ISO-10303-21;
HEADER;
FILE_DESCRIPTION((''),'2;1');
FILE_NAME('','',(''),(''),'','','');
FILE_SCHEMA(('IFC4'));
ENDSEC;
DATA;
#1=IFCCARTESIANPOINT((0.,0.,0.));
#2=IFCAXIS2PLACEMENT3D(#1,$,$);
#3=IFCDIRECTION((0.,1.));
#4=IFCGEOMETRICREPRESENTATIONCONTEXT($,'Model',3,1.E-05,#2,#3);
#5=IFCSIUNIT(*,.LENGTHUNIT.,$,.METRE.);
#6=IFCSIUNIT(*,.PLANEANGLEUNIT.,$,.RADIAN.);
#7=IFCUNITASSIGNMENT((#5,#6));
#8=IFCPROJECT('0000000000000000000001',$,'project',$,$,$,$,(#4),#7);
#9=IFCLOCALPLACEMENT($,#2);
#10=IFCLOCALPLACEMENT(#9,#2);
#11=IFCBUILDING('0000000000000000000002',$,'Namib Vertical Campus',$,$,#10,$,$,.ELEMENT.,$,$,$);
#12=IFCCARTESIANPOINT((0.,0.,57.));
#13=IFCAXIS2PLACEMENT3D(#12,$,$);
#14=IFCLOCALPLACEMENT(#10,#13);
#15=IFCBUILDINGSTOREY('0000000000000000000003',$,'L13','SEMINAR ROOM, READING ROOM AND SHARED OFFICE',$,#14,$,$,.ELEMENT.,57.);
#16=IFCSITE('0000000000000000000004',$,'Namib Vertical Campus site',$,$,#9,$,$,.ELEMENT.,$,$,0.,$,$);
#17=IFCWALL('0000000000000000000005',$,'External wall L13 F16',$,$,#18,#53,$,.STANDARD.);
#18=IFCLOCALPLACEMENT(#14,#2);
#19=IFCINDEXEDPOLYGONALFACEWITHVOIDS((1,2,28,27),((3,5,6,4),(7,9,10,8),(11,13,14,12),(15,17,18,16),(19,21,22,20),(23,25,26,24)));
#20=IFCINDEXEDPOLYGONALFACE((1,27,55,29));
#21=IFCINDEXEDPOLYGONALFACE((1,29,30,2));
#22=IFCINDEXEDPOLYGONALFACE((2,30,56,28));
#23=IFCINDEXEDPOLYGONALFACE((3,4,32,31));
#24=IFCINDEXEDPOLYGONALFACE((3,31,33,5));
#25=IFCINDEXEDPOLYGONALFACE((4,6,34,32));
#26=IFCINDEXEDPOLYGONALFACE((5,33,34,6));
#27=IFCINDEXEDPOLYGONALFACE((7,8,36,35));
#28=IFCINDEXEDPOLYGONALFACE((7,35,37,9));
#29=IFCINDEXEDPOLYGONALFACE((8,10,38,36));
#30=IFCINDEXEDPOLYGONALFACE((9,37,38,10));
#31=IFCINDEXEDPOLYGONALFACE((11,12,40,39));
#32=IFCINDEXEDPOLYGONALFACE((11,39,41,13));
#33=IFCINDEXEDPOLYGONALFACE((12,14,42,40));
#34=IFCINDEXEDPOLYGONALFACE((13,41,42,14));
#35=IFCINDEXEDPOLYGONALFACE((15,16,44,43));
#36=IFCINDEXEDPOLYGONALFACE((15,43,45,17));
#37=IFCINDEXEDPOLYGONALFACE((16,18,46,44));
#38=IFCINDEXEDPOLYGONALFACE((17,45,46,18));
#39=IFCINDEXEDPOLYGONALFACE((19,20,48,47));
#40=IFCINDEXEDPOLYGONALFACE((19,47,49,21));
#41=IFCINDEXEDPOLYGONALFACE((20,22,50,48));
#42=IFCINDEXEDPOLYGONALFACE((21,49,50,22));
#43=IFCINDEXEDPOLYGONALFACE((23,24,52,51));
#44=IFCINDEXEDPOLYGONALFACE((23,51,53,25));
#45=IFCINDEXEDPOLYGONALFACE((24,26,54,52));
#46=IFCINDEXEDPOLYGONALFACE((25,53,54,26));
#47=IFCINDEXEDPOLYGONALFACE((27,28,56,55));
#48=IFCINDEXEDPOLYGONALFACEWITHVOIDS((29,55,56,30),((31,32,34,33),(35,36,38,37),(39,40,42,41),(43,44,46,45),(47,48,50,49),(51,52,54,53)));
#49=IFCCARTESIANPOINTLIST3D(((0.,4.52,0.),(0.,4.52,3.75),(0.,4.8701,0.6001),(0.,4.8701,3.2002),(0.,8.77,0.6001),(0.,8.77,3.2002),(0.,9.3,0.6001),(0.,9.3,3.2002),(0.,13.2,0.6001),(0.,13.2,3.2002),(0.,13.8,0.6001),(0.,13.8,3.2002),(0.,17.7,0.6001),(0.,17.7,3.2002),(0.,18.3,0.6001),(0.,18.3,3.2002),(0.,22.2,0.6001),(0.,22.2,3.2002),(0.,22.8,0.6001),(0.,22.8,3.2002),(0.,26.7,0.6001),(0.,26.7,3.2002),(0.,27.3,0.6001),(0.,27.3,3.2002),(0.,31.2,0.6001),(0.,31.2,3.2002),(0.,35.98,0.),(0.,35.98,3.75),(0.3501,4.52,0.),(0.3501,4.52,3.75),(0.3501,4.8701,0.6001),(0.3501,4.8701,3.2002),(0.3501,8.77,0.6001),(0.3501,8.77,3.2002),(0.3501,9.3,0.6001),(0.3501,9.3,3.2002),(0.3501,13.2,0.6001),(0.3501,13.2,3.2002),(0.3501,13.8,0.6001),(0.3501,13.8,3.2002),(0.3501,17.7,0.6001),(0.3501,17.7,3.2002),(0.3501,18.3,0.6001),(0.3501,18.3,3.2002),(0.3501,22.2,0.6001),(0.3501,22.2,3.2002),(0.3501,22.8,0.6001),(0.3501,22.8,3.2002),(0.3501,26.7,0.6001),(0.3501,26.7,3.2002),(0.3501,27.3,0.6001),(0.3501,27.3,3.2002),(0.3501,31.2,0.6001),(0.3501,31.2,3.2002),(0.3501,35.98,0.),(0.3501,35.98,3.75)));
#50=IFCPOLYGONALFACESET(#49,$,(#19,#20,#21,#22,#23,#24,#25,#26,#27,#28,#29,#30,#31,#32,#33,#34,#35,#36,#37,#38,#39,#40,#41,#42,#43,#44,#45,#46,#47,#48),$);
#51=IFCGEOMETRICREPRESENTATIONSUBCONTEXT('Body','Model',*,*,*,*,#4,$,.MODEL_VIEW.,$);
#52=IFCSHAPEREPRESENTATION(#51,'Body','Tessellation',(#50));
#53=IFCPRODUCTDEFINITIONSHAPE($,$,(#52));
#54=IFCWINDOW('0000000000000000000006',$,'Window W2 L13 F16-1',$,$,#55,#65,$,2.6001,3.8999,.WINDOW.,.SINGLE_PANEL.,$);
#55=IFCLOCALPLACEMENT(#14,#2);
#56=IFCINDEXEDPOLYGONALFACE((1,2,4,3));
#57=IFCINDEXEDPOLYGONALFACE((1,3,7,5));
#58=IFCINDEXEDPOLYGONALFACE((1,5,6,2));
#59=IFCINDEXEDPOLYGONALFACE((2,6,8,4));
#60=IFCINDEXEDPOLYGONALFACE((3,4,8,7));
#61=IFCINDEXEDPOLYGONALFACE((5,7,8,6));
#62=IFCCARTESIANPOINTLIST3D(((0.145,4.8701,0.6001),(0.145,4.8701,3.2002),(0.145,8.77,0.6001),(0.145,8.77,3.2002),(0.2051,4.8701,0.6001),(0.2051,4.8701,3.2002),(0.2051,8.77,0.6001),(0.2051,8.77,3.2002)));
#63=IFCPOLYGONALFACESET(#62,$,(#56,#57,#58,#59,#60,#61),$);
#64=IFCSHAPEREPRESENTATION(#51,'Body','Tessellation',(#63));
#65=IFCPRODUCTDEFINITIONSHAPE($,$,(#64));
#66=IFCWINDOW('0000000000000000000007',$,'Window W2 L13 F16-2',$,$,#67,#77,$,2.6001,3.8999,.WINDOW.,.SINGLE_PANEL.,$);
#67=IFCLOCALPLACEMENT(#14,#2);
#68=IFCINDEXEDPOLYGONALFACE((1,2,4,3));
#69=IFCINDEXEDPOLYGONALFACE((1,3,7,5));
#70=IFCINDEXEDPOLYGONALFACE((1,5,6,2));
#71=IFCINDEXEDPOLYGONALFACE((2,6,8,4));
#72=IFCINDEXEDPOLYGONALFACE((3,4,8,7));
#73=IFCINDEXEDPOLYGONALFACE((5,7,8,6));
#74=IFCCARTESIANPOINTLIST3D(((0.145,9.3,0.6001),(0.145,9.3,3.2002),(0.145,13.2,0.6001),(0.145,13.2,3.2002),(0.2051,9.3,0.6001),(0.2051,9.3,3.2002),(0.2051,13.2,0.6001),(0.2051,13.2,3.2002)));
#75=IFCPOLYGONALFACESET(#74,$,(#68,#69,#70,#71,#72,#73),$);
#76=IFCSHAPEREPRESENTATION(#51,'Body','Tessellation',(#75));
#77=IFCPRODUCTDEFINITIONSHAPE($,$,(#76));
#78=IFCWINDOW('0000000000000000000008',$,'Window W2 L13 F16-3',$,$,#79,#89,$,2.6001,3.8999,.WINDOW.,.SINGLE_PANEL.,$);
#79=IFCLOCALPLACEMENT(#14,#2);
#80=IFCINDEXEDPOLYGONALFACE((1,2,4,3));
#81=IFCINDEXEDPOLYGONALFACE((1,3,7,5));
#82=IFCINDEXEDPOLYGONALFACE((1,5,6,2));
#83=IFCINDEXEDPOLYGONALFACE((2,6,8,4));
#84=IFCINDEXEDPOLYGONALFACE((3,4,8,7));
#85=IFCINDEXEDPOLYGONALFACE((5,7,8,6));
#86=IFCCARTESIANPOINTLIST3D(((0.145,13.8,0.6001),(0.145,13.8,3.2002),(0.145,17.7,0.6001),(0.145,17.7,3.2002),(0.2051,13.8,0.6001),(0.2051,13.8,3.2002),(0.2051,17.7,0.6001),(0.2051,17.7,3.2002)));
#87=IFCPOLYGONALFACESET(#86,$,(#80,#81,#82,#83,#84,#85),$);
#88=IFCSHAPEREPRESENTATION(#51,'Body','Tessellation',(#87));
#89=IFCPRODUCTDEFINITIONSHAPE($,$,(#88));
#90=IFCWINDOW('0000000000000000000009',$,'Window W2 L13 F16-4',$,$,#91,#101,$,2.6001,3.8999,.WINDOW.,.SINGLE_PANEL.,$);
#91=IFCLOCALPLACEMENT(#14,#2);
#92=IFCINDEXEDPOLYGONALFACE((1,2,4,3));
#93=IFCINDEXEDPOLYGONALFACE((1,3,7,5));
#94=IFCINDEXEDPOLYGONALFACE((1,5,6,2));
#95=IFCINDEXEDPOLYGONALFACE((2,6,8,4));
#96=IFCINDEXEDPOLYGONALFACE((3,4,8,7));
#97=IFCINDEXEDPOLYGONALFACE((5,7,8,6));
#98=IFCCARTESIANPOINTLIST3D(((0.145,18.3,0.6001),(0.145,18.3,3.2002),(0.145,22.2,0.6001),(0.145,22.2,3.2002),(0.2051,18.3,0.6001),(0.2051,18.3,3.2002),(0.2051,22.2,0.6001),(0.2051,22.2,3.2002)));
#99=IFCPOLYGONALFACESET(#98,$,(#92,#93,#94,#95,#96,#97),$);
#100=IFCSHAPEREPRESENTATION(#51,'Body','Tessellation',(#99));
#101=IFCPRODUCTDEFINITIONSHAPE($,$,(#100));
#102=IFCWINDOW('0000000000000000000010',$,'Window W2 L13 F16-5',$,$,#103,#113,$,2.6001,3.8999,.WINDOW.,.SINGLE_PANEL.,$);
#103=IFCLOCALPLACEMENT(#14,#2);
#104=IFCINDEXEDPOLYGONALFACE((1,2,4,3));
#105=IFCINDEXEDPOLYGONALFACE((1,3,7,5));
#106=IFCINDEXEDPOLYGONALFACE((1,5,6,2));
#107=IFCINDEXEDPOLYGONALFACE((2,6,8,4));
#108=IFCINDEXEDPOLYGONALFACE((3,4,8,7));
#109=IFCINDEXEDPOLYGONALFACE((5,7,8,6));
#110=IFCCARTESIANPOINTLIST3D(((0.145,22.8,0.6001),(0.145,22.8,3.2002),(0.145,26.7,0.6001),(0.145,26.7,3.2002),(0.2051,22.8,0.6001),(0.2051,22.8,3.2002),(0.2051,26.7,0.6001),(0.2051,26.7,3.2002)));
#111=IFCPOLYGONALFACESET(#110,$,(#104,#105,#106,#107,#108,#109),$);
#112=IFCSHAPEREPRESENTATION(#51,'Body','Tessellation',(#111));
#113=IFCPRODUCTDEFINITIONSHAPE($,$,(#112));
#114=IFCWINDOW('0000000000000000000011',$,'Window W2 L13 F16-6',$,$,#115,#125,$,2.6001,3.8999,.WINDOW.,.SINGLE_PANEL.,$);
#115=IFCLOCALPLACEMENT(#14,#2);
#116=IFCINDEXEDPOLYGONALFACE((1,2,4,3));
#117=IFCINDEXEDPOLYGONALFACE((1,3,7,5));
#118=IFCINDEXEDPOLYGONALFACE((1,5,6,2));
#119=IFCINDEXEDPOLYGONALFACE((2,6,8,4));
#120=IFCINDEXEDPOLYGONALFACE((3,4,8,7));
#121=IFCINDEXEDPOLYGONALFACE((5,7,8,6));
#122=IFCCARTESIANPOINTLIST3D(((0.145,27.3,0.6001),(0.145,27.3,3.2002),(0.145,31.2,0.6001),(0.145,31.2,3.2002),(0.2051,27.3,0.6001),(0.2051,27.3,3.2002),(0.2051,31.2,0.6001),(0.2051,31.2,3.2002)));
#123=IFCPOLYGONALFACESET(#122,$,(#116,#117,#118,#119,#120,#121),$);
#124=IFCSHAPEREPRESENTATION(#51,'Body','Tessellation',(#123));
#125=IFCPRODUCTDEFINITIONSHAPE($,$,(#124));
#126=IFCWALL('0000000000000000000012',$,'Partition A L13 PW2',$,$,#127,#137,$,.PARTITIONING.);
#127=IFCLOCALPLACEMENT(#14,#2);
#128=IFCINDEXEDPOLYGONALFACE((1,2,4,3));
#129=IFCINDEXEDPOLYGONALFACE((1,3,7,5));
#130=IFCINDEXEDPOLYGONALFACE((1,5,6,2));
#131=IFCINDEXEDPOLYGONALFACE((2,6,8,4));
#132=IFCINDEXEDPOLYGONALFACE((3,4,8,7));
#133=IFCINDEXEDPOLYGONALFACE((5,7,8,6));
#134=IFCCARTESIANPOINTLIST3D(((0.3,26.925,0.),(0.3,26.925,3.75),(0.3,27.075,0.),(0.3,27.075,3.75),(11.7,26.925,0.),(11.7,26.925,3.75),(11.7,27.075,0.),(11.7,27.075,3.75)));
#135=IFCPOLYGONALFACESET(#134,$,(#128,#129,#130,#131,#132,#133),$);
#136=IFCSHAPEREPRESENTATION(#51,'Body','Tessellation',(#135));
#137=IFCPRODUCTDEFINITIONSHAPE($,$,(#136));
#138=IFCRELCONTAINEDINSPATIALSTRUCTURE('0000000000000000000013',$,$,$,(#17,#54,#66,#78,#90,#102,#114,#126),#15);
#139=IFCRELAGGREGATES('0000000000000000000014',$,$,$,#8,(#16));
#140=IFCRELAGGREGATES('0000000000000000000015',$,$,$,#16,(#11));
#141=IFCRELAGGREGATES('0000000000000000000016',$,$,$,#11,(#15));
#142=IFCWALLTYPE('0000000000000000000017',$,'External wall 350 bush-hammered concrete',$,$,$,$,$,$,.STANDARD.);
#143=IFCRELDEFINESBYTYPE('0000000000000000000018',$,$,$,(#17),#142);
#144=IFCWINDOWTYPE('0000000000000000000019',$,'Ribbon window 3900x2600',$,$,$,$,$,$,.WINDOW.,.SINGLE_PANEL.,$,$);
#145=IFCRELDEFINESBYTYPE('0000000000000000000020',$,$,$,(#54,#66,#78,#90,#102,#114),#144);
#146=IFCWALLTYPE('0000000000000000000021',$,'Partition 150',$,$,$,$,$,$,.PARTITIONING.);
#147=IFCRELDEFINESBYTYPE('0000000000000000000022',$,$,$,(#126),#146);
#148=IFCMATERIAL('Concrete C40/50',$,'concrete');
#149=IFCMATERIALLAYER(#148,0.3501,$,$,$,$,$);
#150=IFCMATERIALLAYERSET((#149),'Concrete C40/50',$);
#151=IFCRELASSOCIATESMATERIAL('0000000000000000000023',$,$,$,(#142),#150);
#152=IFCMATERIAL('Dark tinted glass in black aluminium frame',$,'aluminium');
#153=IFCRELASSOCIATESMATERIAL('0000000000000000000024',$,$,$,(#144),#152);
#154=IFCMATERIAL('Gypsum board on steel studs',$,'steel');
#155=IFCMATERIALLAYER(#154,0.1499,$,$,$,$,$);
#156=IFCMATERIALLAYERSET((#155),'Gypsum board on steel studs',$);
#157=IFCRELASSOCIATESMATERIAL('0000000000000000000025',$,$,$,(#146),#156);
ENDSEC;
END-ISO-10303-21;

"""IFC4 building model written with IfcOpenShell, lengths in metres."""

from ifc_helpers import new_model, si_unit, direction, frame, frame_2d, origin, place, context, subcontext, project, spatial, rectangle, extrude, material, layer, layer_set, type_object, element, fill, save


model = new_model("IFC4")

# Units and contexts
model_context = context("Model", 3, precision=1e-05, world=origin(), true_north=direction((0.0, 1.0)))
body_context = subcontext(model_context, "Body", "Model", "MODEL_VIEW")
ifc_project = project(units=[si_unit("LENGTHUNIT", "METRE"), si_unit("PLANEANGLEUNIT", "RADIAN")], contexts=[model_context])

# Site, building, storey
site_placement = place(None, origin())
site = spatial("IfcSite", under=ifc_project, at=site_placement, Name="Namib Vertical Campus site", CompositionType="ELEMENT", RefElevation=0.0)
building_placement = place(site_placement, origin())
building = spatial("IfcBuilding", under=site, at=building_placement, Name="Namib Vertical Campus", CompositionType="ELEMENT")
storey_placement = place(building_placement, frame((0.0, 0.0, 57.0)))
storey = spatial("IfcBuildingStorey", under=building, at=storey_placement, Name="L13", Description="SEMINAR ROOM, READING ROOM AND SHARED OFFICE", CompositionType="ELEMENT", Elevation=57.0)

# Shared definitions
ifc_material_1 = material(Name="Concrete C40/50", Category="concrete")
ifc_layer_1 = layer(ifc_material_1, 0.3501)
ifc_layer_set_1 = layer_set([ifc_layer_1], Name="Concrete C40/50")
wall_type_1 = type_object("IfcWallType", Name="External wall 350 bush-hammered concrete", PredefinedType="STANDARD", material=ifc_layer_set_1)

# Wall, openings, windows
wall_1_placement = place(storey_placement, frame((0.175, 35.98, 0.0), z_axis=(0.0, 0.0, 1.0), x_axis=(0.0, -1.0, 0.0)))
wall_1 = element("IfcWall", 1, at=wall_1_placement, inside=storey, type_object=wall_type_1, Name="External wall L13 F16", PredefinedType="STANDARD", context=body_context, shape_type="SweptSolid", body=[
    extrude(rectangle(XDim=31.46, YDim=0.3501, at=frame_2d((15.73, 0.0))), origin(), (0.0, 0.0, 1.0), 3.75),
])
opening_1_placement = place(wall_1_placement, frame((27.21, 0.0, 0.6001)))
opening_1 = element("IfcOpeningElement", 2, at=opening_1_placement, cuts=wall_1, PredefinedType="OPENING", context=body_context, shape_type="SweptSolid", body=[
    extrude(rectangle(XDim=3.8999, YDim=2.6001, at=frame_2d((1.95, 1.3))), frame((0.0, 0.1851, 0.0), z_axis=(0.0, -1.0, 0.0), x_axis=(1.0, 0.0, 0.0)), (0.0, 0.0, 1.0), 0.3701),
])
opening_2_placement = place(wall_1_placement, frame((22.78, 0.0, 0.6001)))
opening_2 = element("IfcOpeningElement", 3, at=opening_2_placement, cuts=wall_1, PredefinedType="OPENING", context=body_context, shape_type="SweptSolid", body=[
    extrude(rectangle(XDim=3.8999, YDim=2.6001, at=frame_2d((1.95, 1.3))), frame((0.0, 0.1851, 0.0), z_axis=(0.0, -1.0, 0.0), x_axis=(1.0, 0.0, 0.0)), (0.0, 0.0, 1.0), 0.3701),
])
opening_3_placement = place(wall_1_placement, frame((18.28, 0.0, 0.6001)))
opening_3 = element("IfcOpeningElement", 4, at=opening_3_placement, cuts=wall_1, PredefinedType="OPENING", context=body_context, shape_type="SweptSolid", body=[
    extrude(rectangle(XDim=3.8999, YDim=2.6001, at=frame_2d((1.95, 1.3))), frame((0.0, 0.1851, 0.0), z_axis=(0.0, -1.0, 0.0), x_axis=(1.0, 0.0, 0.0)), (0.0, 0.0, 1.0), 0.3701),
])
opening_4_placement = place(wall_1_placement, frame((13.78, 0.0, 0.6001)))
opening_4 = element("IfcOpeningElement", 5, at=opening_4_placement, cuts=wall_1, PredefinedType="OPENING", context=body_context, shape_type="SweptSolid", body=[
    extrude(rectangle(XDim=3.8999, YDim=2.6001, at=frame_2d((1.95, 1.3))), frame((0.0, 0.1851, 0.0), z_axis=(0.0, -1.0, 0.0), x_axis=(1.0, 0.0, 0.0)), (0.0, 0.0, 1.0), 0.3701),
])
opening_5_placement = place(wall_1_placement, frame((9.28, 0.0, 0.6001)))
opening_5 = element("IfcOpeningElement", 6, at=opening_5_placement, cuts=wall_1, PredefinedType="OPENING", context=body_context, shape_type="SweptSolid", body=[
    extrude(rectangle(XDim=3.8999, YDim=2.6001, at=frame_2d((1.95, 1.3))), frame((0.0, 0.1851, 0.0), z_axis=(0.0, -1.0, 0.0), x_axis=(1.0, 0.0, 0.0)), (0.0, 0.0, 1.0), 0.3701),
])
opening_6_placement = place(wall_1_placement, frame((4.78, 0.0, 0.6001)))
opening_6 = element("IfcOpeningElement", 7, at=opening_6_placement, cuts=wall_1, PredefinedType="OPENING", context=body_context, shape_type="SweptSolid", body=[
    extrude(rectangle(XDim=3.8999, YDim=2.6001, at=frame_2d((1.95, 1.3))), frame((0.0, 0.1851, 0.0), z_axis=(0.0, -1.0, 0.0), x_axis=(1.0, 0.0, 0.0)), (0.0, 0.0, 1.0), 0.3701),
])
ifc_material_2 = material(Name="Dark tinted glass in black aluminium frame", Category="aluminium")
window_type = type_object("IfcWindowType", Name="Ribbon window 3900x2600", PartitioningType="SINGLE_PANEL", PredefinedType="WINDOW", material=ifc_material_2)
window_1_placement = place(opening_1_placement, origin())
window_1 = element("IfcWindow", 8, at=window_1_placement, inside=storey, type_object=window_type, Name="Window W2 L13 F16-1", OverallHeight=2.6001, OverallWidth=3.8999, PartitioningType="SINGLE_PANEL", PredefinedType="WINDOW", context=body_context, shape_type="SweptSolid", body=[
    extrude(rectangle(XDim=3.8999, YDim=2.6001, at=frame_2d((1.95, 1.3))), frame((0.0, 0.03, 0.0), z_axis=(0.0, -1.0, 0.0), x_axis=(1.0, 0.0, 0.0)), (0.0, 0.0, 1.0), 0.0601),
])
fill(opening_1, window_1)
window_2_placement = place(opening_2_placement, origin())
window_2 = element("IfcWindow", 9, at=window_2_placement, inside=storey, type_object=window_type, Name="Window W2 L13 F16-2", OverallHeight=2.6001, OverallWidth=3.8999, PartitioningType="SINGLE_PANEL", PredefinedType="WINDOW", context=body_context, shape_type="SweptSolid", body=[
    extrude(rectangle(XDim=3.8999, YDim=2.6001, at=frame_2d((1.95, 1.3))), frame((0.0, 0.03, 0.0), z_axis=(0.0, -1.0, 0.0), x_axis=(1.0, 0.0, 0.0)), (0.0, 0.0, 1.0), 0.0601),
])
fill(opening_2, window_2)
window_3_placement = place(opening_3_placement, origin())
window_3 = element("IfcWindow", 10, at=window_3_placement, inside=storey, type_object=window_type, Name="Window W2 L13 F16-3", OverallHeight=2.6001, OverallWidth=3.8999, PartitioningType="SINGLE_PANEL", PredefinedType="WINDOW", context=body_context, shape_type="SweptSolid", body=[
    extrude(rectangle(XDim=3.8999, YDim=2.6001, at=frame_2d((1.95, 1.3))), frame((0.0, 0.03, 0.0), z_axis=(0.0, -1.0, 0.0), x_axis=(1.0, 0.0, 0.0)), (0.0, 0.0, 1.0), 0.0601),
])
fill(opening_3, window_3)
window_4_placement = place(opening_4_placement, origin())
window_4 = element("IfcWindow", 11, at=window_4_placement, inside=storey, type_object=window_type, Name="Window W2 L13 F16-4", OverallHeight=2.6001, OverallWidth=3.8999, PartitioningType="SINGLE_PANEL", PredefinedType="WINDOW", context=body_context, shape_type="SweptSolid", body=[
    extrude(rectangle(XDim=3.8999, YDim=2.6001, at=frame_2d((1.95, 1.3))), frame((0.0, 0.03, 0.0), z_axis=(0.0, -1.0, 0.0), x_axis=(1.0, 0.0, 0.0)), (0.0, 0.0, 1.0), 0.0601),
])
fill(opening_4, window_4)
window_5_placement = place(opening_5_placement, origin())
window_5 = element("IfcWindow", 12, at=window_5_placement, inside=storey, type_object=window_type, Name="Window W2 L13 F16-5", OverallHeight=2.6001, OverallWidth=3.8999, PartitioningType="SINGLE_PANEL", PredefinedType="WINDOW", context=body_context, shape_type="SweptSolid", body=[
    extrude(rectangle(XDim=3.8999, YDim=2.6001, at=frame_2d((1.95, 1.3))), frame((0.0, 0.03, 0.0), z_axis=(0.0, -1.0, 0.0), x_axis=(1.0, 0.0, 0.0)), (0.0, 0.0, 1.0), 0.0601),
])
fill(opening_5, window_5)
window_6_placement = place(opening_6_placement, origin())
window_6 = element("IfcWindow", 13, at=window_6_placement, inside=storey, type_object=window_type, Name="Window W2 L13 F16-6", OverallHeight=2.6001, OverallWidth=3.8999, PartitioningType="SINGLE_PANEL", PredefinedType="WINDOW", context=body_context, shape_type="SweptSolid", body=[
    extrude(rectangle(XDim=3.8999, YDim=2.6001, at=frame_2d((1.95, 1.3))), frame((0.0, 0.03, 0.0), z_axis=(0.0, -1.0, 0.0), x_axis=(1.0, 0.0, 0.0)), (0.0, 0.0, 1.0), 0.0601),
])
fill(opening_6, window_6)

# Wall
ifc_material_3 = material(Name="Gypsum board on steel studs", Category="steel")
ifc_layer_2 = layer(ifc_material_3, 0.1499)
ifc_layer_set_2 = layer_set([ifc_layer_2], Name="Gypsum board on steel studs")
wall_type_2 = type_object("IfcWallType", Name="Partition 150", PredefinedType="PARTITIONING", material=ifc_layer_set_2)
wall_2_placement = place(storey_placement, frame((0.3, 27.0, 0.0), z_axis=(0.0, 0.0, 1.0), x_axis=(1.0, 0.0, 0.0)))
element("IfcWall", 14, at=wall_2_placement, inside=storey, type_object=wall_type_2, Name="Partition A L13 PW2", PredefinedType="PARTITIONING", context=body_context, shape_type="SweptSolid", body=[
    extrude(rectangle(XDim=11.3999, YDim=0.1499, at=frame_2d((5.7, 0.0))), origin(), (0.0, 0.0, 1.0), 3.75),
])

save(model, "model.ifc")
